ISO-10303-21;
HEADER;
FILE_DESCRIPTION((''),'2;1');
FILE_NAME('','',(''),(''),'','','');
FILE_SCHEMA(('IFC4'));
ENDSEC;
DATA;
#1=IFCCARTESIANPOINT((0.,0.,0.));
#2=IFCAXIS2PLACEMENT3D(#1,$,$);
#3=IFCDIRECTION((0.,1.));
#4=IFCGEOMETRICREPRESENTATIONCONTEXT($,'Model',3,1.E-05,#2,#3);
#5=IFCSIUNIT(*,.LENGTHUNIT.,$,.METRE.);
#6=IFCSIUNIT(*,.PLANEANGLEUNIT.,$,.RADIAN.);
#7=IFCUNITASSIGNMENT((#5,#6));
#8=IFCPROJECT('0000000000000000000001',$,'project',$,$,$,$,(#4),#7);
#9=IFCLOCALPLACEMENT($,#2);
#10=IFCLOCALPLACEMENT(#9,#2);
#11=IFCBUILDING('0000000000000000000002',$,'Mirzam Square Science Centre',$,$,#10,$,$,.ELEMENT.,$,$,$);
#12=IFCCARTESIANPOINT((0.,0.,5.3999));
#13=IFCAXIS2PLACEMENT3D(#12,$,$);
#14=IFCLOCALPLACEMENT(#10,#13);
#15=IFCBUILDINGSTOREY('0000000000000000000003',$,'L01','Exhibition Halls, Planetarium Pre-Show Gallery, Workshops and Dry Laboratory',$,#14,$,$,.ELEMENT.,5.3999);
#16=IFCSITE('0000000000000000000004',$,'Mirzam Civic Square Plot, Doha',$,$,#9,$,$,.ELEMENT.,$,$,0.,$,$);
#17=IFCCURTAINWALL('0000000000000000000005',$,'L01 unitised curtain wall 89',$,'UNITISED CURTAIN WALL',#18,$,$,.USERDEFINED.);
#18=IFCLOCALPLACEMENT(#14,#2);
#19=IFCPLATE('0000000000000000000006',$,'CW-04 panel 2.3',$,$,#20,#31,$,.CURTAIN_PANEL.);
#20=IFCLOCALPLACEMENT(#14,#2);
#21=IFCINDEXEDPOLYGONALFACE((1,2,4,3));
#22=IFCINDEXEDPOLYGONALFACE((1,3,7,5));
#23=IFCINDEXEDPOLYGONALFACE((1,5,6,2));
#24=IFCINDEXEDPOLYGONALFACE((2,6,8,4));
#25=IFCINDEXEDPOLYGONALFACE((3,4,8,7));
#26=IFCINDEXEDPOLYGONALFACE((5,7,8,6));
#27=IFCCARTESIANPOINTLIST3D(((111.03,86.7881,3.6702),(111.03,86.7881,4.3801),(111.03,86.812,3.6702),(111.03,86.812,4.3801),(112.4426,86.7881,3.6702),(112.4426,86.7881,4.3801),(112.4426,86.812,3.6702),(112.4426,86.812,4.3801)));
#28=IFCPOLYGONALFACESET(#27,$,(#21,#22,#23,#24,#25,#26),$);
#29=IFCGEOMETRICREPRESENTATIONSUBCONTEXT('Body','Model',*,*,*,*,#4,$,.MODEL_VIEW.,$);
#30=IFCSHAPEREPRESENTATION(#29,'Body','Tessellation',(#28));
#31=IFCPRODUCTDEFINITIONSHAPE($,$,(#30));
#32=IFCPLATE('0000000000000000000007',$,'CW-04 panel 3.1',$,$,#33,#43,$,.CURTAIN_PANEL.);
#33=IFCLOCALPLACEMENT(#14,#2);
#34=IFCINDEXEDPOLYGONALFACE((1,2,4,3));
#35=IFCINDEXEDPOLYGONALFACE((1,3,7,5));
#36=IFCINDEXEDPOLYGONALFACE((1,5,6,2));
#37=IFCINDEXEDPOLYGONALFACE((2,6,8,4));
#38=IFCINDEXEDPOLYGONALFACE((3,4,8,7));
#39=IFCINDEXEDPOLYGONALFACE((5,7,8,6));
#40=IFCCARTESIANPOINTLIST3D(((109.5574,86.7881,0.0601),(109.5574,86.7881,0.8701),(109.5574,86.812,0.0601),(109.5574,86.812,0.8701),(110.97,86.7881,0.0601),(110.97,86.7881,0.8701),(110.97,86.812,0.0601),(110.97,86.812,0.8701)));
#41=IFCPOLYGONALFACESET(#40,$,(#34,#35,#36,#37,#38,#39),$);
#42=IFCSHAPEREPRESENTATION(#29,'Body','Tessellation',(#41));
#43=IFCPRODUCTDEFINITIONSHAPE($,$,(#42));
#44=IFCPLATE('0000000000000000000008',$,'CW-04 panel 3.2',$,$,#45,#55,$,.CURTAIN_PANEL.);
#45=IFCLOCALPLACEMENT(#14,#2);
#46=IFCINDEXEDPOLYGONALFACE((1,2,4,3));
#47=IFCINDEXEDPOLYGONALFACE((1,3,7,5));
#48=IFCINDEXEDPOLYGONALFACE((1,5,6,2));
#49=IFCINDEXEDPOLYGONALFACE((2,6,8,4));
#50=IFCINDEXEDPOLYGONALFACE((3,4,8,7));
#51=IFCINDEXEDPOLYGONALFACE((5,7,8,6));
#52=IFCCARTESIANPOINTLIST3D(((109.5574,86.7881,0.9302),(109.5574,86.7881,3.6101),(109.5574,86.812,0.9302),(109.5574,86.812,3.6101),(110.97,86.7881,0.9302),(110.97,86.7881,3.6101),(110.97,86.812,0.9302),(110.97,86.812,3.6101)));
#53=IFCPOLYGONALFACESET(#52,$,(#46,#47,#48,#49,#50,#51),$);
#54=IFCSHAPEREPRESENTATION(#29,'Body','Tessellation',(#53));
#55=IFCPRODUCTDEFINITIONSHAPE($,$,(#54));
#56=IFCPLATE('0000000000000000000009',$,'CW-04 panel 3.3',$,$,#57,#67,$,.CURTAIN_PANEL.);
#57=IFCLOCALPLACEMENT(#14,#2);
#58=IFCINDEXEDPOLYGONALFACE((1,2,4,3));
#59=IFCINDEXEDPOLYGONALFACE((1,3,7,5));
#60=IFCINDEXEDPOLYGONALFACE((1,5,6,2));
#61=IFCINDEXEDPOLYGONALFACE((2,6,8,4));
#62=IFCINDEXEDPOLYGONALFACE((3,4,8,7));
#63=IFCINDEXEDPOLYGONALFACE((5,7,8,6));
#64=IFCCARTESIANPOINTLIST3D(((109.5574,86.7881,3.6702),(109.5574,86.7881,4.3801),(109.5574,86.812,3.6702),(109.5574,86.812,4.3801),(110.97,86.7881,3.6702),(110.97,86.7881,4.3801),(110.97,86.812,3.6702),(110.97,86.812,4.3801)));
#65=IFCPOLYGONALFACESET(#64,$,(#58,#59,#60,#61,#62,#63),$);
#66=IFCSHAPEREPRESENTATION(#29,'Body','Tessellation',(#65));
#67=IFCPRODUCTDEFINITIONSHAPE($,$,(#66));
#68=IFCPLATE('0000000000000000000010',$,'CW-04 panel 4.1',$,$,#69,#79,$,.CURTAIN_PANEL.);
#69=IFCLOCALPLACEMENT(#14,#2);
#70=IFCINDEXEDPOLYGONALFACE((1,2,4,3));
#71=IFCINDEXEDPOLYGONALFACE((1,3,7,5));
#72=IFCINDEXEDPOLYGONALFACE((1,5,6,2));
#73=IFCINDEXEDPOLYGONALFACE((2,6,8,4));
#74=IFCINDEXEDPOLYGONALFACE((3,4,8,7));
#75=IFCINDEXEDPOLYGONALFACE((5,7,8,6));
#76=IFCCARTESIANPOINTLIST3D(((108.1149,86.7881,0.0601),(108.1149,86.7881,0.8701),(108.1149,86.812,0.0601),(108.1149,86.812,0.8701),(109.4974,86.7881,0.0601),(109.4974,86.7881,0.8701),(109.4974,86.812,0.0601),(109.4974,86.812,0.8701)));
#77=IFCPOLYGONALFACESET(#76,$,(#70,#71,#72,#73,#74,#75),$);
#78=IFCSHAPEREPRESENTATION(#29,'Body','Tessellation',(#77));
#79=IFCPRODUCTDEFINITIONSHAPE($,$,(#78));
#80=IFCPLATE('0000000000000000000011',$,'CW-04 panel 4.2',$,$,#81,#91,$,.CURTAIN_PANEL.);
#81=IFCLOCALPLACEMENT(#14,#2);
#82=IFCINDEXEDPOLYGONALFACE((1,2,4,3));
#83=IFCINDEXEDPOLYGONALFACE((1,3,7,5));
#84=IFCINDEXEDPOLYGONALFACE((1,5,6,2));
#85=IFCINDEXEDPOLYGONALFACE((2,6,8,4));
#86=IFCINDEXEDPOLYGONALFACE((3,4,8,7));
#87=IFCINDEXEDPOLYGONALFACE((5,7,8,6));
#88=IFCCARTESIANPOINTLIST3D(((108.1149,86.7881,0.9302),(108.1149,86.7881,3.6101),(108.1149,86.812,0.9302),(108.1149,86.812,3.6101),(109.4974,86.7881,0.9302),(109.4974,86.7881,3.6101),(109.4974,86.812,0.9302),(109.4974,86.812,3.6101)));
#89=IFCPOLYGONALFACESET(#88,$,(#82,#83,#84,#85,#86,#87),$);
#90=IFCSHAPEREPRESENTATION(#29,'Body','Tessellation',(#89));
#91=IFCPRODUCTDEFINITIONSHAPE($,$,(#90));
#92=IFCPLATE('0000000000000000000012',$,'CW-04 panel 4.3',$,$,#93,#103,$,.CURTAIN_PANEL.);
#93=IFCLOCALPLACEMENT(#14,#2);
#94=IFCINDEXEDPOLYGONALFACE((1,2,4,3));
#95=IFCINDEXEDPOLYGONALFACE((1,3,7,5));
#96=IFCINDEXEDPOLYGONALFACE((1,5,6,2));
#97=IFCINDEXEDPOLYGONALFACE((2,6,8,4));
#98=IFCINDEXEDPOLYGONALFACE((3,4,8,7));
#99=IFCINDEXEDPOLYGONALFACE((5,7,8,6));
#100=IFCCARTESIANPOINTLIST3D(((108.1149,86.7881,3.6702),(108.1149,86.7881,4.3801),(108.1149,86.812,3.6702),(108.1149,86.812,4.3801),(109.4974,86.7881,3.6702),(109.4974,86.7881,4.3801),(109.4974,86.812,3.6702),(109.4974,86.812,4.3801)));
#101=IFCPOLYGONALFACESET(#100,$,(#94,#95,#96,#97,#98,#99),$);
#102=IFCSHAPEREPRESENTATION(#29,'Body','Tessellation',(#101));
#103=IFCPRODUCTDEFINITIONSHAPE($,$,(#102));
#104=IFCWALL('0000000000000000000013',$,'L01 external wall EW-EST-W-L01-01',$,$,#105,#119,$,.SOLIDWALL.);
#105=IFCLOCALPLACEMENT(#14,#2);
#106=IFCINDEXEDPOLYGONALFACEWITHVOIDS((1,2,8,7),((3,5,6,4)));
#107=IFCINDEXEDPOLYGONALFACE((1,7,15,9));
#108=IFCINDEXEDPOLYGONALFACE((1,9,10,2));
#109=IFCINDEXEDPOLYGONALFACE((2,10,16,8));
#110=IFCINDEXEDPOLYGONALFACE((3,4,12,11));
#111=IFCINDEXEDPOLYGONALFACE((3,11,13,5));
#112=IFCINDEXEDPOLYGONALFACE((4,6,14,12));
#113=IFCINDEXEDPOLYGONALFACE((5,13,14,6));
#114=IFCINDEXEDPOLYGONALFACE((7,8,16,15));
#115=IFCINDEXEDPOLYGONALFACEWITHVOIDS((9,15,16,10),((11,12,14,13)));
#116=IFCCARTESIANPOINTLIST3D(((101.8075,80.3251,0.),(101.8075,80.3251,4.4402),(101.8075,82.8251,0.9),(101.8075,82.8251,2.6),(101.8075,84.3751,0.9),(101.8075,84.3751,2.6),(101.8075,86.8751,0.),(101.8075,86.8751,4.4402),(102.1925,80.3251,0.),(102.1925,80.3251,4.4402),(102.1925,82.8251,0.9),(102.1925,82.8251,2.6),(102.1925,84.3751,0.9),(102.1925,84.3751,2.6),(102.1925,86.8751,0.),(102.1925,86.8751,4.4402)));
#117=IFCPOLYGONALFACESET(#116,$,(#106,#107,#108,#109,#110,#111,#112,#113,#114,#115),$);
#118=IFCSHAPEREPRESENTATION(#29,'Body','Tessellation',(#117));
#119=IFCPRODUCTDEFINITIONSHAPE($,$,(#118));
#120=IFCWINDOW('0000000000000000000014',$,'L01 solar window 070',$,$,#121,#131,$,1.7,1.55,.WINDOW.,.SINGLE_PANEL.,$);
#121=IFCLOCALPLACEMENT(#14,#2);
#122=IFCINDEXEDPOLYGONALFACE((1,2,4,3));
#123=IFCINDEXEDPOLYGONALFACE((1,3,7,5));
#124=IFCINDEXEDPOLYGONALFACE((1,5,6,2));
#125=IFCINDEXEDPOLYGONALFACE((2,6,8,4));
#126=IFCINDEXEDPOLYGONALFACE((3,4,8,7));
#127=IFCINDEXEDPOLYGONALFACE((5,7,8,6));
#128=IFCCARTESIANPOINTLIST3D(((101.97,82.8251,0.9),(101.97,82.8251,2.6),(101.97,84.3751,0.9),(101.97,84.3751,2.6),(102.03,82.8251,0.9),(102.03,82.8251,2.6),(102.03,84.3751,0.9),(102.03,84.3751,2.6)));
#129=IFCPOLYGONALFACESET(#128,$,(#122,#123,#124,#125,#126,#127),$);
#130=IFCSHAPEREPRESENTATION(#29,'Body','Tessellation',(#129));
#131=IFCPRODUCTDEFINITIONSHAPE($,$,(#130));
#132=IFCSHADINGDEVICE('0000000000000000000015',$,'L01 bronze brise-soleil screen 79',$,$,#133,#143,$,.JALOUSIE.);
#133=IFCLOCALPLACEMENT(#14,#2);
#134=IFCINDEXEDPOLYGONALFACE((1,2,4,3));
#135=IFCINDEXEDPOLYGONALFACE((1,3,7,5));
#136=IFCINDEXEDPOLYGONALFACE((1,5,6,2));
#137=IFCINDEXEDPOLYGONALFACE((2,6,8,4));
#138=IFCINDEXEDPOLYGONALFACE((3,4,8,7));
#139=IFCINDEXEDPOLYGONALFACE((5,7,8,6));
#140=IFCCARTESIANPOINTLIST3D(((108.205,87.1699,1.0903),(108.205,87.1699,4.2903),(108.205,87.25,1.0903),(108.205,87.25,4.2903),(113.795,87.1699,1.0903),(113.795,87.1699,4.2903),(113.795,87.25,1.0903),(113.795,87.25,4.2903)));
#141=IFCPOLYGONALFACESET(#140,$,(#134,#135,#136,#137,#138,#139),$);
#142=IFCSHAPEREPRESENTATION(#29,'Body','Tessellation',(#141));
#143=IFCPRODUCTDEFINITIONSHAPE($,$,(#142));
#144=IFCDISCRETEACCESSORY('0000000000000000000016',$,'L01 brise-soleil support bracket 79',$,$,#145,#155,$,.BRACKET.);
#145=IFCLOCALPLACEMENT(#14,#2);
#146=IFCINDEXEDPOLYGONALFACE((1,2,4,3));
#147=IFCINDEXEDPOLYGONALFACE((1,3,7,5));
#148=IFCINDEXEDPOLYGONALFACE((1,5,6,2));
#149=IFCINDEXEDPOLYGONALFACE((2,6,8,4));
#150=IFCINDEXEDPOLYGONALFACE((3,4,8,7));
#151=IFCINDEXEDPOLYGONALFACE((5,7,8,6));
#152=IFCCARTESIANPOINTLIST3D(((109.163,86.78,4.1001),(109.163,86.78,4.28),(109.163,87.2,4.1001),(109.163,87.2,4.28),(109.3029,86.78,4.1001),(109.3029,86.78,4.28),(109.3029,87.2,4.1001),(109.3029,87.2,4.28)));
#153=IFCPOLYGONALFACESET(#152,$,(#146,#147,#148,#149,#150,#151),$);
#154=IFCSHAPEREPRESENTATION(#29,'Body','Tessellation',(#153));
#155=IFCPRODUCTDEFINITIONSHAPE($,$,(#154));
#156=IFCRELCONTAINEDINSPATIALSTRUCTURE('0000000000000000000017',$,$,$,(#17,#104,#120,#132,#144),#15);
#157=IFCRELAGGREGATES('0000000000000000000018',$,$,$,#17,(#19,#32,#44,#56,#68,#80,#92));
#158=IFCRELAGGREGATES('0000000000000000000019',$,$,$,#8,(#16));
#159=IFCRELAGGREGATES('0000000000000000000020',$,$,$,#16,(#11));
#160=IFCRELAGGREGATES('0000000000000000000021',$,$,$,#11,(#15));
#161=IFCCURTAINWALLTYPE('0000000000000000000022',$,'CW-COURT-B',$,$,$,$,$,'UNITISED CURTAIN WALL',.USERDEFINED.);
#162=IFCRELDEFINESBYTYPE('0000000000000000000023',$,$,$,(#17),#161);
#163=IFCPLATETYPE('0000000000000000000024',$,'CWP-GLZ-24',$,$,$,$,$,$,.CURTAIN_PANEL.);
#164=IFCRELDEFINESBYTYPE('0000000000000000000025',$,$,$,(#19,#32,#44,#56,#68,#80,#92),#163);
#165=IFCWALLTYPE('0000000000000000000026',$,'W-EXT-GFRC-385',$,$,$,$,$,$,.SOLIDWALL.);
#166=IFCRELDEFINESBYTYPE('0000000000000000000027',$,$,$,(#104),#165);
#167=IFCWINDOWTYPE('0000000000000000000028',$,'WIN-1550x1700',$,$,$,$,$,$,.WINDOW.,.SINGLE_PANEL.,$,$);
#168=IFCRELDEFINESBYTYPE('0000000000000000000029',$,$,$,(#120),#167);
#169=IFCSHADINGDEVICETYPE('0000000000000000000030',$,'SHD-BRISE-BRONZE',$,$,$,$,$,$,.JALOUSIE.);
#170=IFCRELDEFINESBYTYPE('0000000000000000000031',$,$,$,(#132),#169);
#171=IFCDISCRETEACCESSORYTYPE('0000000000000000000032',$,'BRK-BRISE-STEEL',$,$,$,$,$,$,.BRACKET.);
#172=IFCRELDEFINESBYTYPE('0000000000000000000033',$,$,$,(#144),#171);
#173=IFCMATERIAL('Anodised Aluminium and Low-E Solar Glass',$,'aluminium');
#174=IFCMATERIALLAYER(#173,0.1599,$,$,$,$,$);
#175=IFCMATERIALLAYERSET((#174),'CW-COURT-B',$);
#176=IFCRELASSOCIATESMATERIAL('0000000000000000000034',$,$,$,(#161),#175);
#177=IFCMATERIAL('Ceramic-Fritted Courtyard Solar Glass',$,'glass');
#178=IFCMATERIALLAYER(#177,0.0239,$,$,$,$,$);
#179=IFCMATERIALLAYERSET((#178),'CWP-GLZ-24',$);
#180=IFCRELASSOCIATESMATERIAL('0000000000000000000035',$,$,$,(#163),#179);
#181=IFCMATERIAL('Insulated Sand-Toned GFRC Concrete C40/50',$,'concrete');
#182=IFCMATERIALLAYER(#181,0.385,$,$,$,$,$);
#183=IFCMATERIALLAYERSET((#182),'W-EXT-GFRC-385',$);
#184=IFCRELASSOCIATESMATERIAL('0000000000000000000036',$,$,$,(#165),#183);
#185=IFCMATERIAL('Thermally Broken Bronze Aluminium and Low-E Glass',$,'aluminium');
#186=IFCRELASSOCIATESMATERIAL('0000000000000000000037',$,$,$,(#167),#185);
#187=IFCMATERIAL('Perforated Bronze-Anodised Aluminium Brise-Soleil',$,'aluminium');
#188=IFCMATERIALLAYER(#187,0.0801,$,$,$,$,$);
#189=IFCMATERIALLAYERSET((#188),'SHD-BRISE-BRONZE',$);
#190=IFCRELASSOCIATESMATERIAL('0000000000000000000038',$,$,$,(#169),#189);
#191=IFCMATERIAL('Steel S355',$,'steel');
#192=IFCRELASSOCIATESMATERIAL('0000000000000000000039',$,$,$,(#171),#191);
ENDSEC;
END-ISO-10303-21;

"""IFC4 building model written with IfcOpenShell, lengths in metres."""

from ifc_helpers import new_model, si_unit, direction, frame, frame_2d, origin, origin_2d, place, context, subcontext, project, spatial, rectangle, extrude, material, layer, layer_set, type_object, element, fill, aggregate, save


model = new_model("IFC4")

# Units and contexts
model_context = context("Model", 3, precision=1e-05, world=origin(), true_north=direction((0.0, 1.0)))
body_context = subcontext(model_context, "Body", "Model", "MODEL_VIEW")
ifc_project = project(units=[si_unit("LENGTHUNIT", "METRE"), si_unit("PLANEANGLEUNIT", "RADIAN")], contexts=[model_context])

# Site, building, storey
site_placement = place(None, origin())
site = spatial("IfcSite", under=ifc_project, at=site_placement, Name="Mirzam Civic Square Plot, Doha", CompositionType="ELEMENT", RefElevation=0.0)
building_placement = place(site_placement, origin())
building = spatial("IfcBuilding", under=site, at=building_placement, Name="Mirzam Square Science Centre", CompositionType="ELEMENT")
storey_placement = place(building_placement, frame((0.0, 0.0, 5.3999)))
storey = spatial("IfcBuildingStorey", under=building, at=storey_placement, Name="L01", Description="Exhibition Halls, Planetarium Pre-Show Gallery, Workshops and Dry Laboratory", CompositionType="ELEMENT", Elevation=5.3999)

# Curtain wall, plates
ifc_material_1 = material(Name="Anodised Aluminium and Low-E Solar Glass", Category="aluminium")
ifc_layer_1 = layer(ifc_material_1, 0.1599)
ifc_layer_set_1 = layer_set([ifc_layer_1], Name="CW-COURT-B")
curtain_wall_type = type_object("IfcCurtainWallType", Name="CW-COURT-B", ElementType="UNITISED CURTAIN WALL", PredefinedType="USERDEFINED", material=ifc_layer_set_1)
curtain_wall_placement = place(storey_placement, origin())
curtain_wall = element("IfcCurtainWall", 1, at=curtain_wall_placement, inside=storey, type_object=curtain_wall_type, Name="L01 unitised curtain wall 89", ObjectType="UNITISED CURTAIN WALL", PredefinedType="USERDEFINED")
ifc_material_2 = material(Name="Ceramic-Fritted Courtyard Solar Glass", Category="glass")
ifc_layer_2 = layer(ifc_material_2, 0.0239)
ifc_layer_set_2 = layer_set([ifc_layer_2], Name="CWP-GLZ-24")
plate_type = type_object("IfcPlateType", Name="CWP-GLZ-24", PredefinedType="CURTAIN_PANEL", material=ifc_layer_set_2)
plate_1_placement = place(storey_placement, frame((111.7363, 86.8, 3.6702), z_axis=(0.0, 0.0, 1.0), x_axis=(-1.0, 0.0, 0.0)))
plate_1 = element("IfcPlate", 2, at=plate_1_placement, type_object=plate_type, Name="CW-04 panel 2.3", PredefinedType="CURTAIN_PANEL", context=body_context, shape_type="SweptSolid", body=[
    extrude(rectangle(XDim=1.4126, YDim=0.0239, at=origin_2d()), origin(), (0.0, 0.0, 1.0), 0.71),
])
plate_2_placement = place(storey_placement, frame((110.2637, 86.8, 0.0601), z_axis=(0.0, 0.0, 1.0), x_axis=(-1.0, 0.0, 0.0)))
plate_2 = element("IfcPlate", 3, at=plate_2_placement, type_object=plate_type, Name="CW-04 panel 3.1", PredefinedType="CURTAIN_PANEL", context=body_context, shape_type="SweptSolid", body=[
    extrude(rectangle(XDim=1.4126, YDim=0.0239, at=origin_2d()), origin(), (0.0, 0.0, 1.0), 0.8101),
])
plate_3_placement = place(storey_placement, frame((110.2637, 86.8, 0.9302), z_axis=(0.0, 0.0, 1.0), x_axis=(-1.0, 0.0, 0.0)))
plate_3 = element("IfcPlate", 4, at=plate_3_placement, type_object=plate_type, Name="CW-04 panel 3.2", PredefinedType="CURTAIN_PANEL", context=body_context, shape_type="SweptSolid", body=[
    extrude(rectangle(XDim=1.4126, YDim=0.0239, at=origin_2d()), origin(), (0.0, 0.0, 1.0), 2.6799),
])
plate_4_placement = place(storey_placement, frame((110.2637, 86.8, 3.6702), z_axis=(0.0, 0.0, 1.0), x_axis=(-1.0, 0.0, 0.0)))
plate_4 = element("IfcPlate", 5, at=plate_4_placement, type_object=plate_type, Name="CW-04 panel 3.3", PredefinedType="CURTAIN_PANEL", context=body_context, shape_type="SweptSolid", body=[
    extrude(rectangle(XDim=1.4126, YDim=0.0239, at=origin_2d()), origin(), (0.0, 0.0, 1.0), 0.71),
])
plate_5_placement = place(storey_placement, frame((108.8062, 86.8, 0.0601), z_axis=(0.0, 0.0, 1.0), x_axis=(-1.0, 0.0, 0.0)))
plate_5 = element("IfcPlate", 6, at=plate_5_placement, type_object=plate_type, Name="CW-04 panel 4.1", PredefinedType="CURTAIN_PANEL", context=body_context, shape_type="SweptSolid", body=[
    extrude(rectangle(XDim=1.3826, YDim=0.0239, at=origin_2d()), origin(), (0.0, 0.0, 1.0), 0.8101),
])
plate_6_placement = place(storey_placement, frame((108.8062, 86.8, 0.9302), z_axis=(0.0, 0.0, 1.0), x_axis=(-1.0, 0.0, 0.0)))
plate_6 = element("IfcPlate", 7, at=plate_6_placement, type_object=plate_type, Name="CW-04 panel 4.2", PredefinedType="CURTAIN_PANEL", context=body_context, shape_type="SweptSolid", body=[
    extrude(rectangle(XDim=1.3826, YDim=0.0239, at=origin_2d()), origin(), (0.0, 0.0, 1.0), 2.6799),
])
plate_7_placement = place(storey_placement, frame((108.8062, 86.8, 3.6702), z_axis=(0.0, 0.0, 1.0), x_axis=(-1.0, 0.0, 0.0)))
plate_7 = element("IfcPlate", 8, at=plate_7_placement, type_object=plate_type, Name="CW-04 panel 4.3", PredefinedType="CURTAIN_PANEL", context=body_context, shape_type="SweptSolid", body=[
    extrude(rectangle(XDim=1.3826, YDim=0.0239, at=origin_2d()), origin(), (0.0, 0.0, 1.0), 0.71),
])
aggregate(curtain_wall, [plate_1, plate_2, plate_3, plate_4, plate_5, plate_6, plate_7])

# Wall, opening, window
ifc_material_3 = material(Name="Insulated Sand-Toned GFRC Concrete C40/50", Category="concrete")
ifc_layer_3 = layer(ifc_material_3, 0.385)
ifc_layer_set_3 = layer_set([ifc_layer_3], Name="W-EXT-GFRC-385")
wall_type = type_object("IfcWallType", Name="W-EXT-GFRC-385", PredefinedType="SOLIDWALL", material=ifc_layer_set_3)
wall_placement = place(storey_placement, frame((102.0, 86.875, 0.0), z_axis=(0.0, 0.0, 1.0), x_axis=(0.0, -1.0, 0.0)))
wall = element("IfcWall", 9, at=wall_placement, inside=storey, type_object=wall_type, Name="L01 external wall EW-EST-W-L01-01", PredefinedType="SOLIDWALL", context=body_context, shape_type="SweptSolid", body=[
    extrude(rectangle(XDim=6.55, YDim=0.385, at=frame_2d((3.2749, 0.0))), origin(), (0.0, 0.0, 1.0), 4.4402),
])
opening_placement = place(wall_placement, frame((2.5, 0.0, 0.8999)))
opening = element("IfcOpeningElement", 10, at=opening_placement, cuts=wall, PredefinedType="OPENING", context=body_context, shape_type="SweptSolid", body=[
    extrude(rectangle(XDim=1.55, YDim=1.7, at=frame_2d((0.7749, 0.8501))), frame((0.0, 0.2024, 0.0), z_axis=(0.0, -1.0, 0.0), x_axis=(1.0, 0.0, 0.0)), (0.0, 0.0, 1.0), 0.405),
])
ifc_material_4 = material(Name="Thermally Broken Bronze Aluminium and Low-E Glass", Category="aluminium")
window_type = type_object("IfcWindowType", Name="WIN-1550x1700", PartitioningType="SINGLE_PANEL", PredefinedType="WINDOW", material=ifc_material_4)
window_placement = place(opening_placement, origin())
window = element("IfcWindow", 11, at=window_placement, inside=storey, type_object=window_type, Name="L01 solar window 070", OverallHeight=1.7, OverallWidth=1.55, PartitioningType="SINGLE_PANEL", PredefinedType="WINDOW", context=body_context, shape_type="SweptSolid", body=[
    extrude(rectangle(XDim=1.55, YDim=1.7, at=frame_2d((0.7749, 0.8501))), frame((0.0, 0.03, 0.0), z_axis=(0.0, -1.0, 0.0), x_axis=(1.0, 0.0, 0.0)), (0.0, 0.0, 1.0), 0.0601),
])
fill(opening, window)

# Shading device
ifc_material_5 = material(Name="Perforated Bronze-Anodised Aluminium Brise-Soleil", Category="aluminium")
ifc_layer_4 = layer(ifc_material_5, 0.0801)
ifc_layer_set_4 = layer_set([ifc_layer_4], Name="SHD-BRISE-BRONZE")
shading_device_type = type_object("IfcShadingDeviceType", Name="SHD-BRISE-BRONZE", PredefinedType="JALOUSIE", material=ifc_layer_set_4)
shading_device_placement = place(storey_placement, frame((111.0, 87.21, 1.0903), z_axis=(0.0, 0.0, 1.0), x_axis=(-1.0, 0.0, 0.0)))
element("IfcShadingDevice", 12, at=shading_device_placement, inside=storey, type_object=shading_device_type, Name="L01 bronze brise-soleil screen 79", PredefinedType="JALOUSIE", context=body_context, shape_type="SweptSolid", body=[
    extrude(rectangle(XDim=5.5901, YDim=0.0801, at=origin_2d()), origin(), (0.0, 0.0, 1.0), 3.2),
])

# Discrete accessory
ifc_material_6 = material(Name="Steel S355", Category="steel")
discrete_accessory_type = type_object("IfcDiscreteAccessoryType", Name="BRK-BRISE-STEEL", PredefinedType="BRACKET", material=ifc_material_6)
discrete_accessory_placement = place(storey_placement, frame((109.2329, 86.99, 4.1001), z_axis=(0.0, 0.0, 1.0), x_axis=(-1.0, 0.0, 0.0)))
element("IfcDiscreteAccessory", 13, at=discrete_accessory_placement, inside=storey, type_object=discrete_accessory_type, Name="L01 brise-soleil support bracket 79", PredefinedType="BRACKET", context=body_context, shape_type="SweptSolid", body=[
    extrude(rectangle(XDim=0.1399, YDim=0.4199, at=origin_2d()), origin(), (0.0, 0.0, 1.0), 0.1799),
])

save(model, "model.ifc")
